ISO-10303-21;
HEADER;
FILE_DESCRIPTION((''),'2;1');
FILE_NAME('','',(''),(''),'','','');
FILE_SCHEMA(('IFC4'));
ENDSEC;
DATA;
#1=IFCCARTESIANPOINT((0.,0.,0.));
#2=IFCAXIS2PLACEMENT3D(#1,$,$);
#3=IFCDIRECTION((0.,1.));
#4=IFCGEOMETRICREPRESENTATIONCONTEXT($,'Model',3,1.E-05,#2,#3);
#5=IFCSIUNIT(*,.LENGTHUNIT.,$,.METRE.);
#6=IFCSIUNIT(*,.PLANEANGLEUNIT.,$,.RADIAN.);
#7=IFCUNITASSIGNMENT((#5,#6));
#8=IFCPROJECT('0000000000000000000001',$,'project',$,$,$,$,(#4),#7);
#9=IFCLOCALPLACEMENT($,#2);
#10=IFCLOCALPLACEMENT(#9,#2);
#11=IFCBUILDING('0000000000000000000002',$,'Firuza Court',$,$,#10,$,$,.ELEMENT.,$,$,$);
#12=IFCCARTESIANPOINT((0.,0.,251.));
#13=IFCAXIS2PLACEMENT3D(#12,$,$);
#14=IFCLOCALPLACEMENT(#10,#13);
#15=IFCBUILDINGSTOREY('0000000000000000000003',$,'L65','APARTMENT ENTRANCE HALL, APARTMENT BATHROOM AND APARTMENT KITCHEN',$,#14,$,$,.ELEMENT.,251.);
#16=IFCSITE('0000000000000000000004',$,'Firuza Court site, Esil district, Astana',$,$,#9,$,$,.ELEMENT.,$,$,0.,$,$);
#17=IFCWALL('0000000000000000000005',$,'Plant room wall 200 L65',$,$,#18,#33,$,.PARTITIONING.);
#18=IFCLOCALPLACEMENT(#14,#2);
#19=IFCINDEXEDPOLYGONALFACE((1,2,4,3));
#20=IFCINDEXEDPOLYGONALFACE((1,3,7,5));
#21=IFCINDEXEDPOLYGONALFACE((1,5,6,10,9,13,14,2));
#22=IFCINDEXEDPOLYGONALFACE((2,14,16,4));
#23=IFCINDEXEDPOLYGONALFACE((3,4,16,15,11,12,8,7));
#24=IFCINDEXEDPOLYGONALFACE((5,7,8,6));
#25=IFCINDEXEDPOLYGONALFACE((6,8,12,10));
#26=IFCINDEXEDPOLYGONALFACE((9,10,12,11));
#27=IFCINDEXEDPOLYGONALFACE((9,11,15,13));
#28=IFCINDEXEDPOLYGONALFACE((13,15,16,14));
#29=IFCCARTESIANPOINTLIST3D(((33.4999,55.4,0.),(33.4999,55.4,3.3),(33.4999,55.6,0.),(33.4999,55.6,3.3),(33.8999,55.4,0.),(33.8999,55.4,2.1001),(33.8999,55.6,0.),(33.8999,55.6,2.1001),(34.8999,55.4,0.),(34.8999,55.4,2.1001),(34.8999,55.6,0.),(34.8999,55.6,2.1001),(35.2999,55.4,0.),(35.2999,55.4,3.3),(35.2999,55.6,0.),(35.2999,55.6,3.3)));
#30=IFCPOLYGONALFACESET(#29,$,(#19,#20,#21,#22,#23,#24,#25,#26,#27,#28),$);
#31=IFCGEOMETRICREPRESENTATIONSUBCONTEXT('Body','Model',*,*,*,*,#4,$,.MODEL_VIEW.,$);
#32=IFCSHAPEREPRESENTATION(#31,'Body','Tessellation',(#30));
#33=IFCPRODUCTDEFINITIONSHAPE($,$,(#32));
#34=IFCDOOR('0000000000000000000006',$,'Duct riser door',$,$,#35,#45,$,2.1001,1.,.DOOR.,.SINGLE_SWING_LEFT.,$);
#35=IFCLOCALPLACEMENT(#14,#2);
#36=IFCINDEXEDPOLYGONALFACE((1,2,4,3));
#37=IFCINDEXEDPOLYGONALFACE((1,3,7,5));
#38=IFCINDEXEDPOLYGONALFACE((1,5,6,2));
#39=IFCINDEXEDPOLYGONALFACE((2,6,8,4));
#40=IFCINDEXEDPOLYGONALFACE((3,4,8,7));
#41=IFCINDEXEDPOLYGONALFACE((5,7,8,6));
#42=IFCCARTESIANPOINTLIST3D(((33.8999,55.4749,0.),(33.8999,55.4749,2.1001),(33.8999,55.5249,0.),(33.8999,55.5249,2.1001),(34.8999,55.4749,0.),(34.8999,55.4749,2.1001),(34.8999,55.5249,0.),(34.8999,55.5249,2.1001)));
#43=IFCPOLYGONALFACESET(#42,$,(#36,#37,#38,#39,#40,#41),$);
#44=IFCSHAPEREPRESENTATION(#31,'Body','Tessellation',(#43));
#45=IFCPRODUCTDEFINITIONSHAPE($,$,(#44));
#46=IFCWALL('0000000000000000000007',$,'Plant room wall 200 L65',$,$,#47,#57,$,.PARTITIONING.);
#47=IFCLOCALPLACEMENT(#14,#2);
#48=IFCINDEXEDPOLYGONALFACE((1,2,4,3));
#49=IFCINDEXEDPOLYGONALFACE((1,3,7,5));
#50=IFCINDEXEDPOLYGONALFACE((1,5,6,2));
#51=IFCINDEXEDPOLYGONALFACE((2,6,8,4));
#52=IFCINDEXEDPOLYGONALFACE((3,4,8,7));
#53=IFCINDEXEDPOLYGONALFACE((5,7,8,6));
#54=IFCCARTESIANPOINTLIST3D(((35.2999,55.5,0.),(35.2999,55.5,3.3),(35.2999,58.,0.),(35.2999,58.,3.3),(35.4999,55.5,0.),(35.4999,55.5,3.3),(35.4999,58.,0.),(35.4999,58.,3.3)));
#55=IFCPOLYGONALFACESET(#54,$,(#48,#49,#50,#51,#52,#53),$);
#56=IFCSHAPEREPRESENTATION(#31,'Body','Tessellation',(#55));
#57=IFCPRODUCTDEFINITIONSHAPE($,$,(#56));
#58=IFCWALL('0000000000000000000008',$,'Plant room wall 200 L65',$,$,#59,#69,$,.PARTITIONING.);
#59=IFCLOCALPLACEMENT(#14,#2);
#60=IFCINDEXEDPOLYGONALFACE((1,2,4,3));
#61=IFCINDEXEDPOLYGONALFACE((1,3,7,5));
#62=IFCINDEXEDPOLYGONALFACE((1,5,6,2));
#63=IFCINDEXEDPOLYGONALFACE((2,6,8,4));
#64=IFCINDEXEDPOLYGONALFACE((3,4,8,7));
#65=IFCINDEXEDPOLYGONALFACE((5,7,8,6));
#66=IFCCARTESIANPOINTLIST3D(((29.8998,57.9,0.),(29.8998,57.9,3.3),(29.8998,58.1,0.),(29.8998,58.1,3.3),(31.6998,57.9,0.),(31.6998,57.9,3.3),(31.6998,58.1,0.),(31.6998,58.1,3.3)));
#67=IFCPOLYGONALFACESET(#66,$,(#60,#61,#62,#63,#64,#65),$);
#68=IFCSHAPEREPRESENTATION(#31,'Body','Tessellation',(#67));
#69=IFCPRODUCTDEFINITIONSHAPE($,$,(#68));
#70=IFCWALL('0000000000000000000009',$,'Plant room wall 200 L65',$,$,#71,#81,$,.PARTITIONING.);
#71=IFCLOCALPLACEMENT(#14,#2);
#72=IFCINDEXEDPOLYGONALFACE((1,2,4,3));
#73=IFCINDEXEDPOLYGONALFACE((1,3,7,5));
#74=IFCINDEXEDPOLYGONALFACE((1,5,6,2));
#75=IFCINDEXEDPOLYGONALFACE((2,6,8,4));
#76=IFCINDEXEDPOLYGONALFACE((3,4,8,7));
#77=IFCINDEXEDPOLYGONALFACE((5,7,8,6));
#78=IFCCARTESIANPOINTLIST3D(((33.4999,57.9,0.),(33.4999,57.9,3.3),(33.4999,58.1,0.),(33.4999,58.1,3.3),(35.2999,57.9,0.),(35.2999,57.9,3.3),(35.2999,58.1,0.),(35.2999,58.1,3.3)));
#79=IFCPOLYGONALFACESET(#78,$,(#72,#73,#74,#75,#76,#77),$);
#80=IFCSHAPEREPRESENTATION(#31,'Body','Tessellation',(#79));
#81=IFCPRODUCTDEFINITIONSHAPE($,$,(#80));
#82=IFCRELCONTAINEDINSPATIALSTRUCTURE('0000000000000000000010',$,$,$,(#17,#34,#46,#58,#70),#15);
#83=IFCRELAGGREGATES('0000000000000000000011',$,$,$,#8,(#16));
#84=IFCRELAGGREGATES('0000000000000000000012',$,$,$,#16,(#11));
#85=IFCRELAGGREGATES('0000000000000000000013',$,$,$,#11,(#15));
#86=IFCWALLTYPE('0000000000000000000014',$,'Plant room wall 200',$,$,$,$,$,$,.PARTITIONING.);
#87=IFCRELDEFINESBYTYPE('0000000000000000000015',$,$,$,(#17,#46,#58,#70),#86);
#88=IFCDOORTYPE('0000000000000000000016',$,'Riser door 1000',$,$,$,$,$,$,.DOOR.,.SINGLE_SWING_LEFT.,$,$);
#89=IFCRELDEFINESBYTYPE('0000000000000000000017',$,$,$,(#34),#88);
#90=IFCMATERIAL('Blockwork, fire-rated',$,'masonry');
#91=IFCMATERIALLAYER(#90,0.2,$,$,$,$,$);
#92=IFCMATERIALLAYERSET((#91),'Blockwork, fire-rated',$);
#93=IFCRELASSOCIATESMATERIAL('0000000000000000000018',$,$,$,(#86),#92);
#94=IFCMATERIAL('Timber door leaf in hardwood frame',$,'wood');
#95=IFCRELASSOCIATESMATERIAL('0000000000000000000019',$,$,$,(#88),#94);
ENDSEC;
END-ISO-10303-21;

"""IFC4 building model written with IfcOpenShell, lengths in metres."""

from ifc_helpers import new_model, si_unit, direction, frame, frame_2d, origin, place, context, subcontext, project, spatial, rectangle, extrude, material, layer, layer_set, type_object, element, fill, save


model = new_model("IFC4")

# Units and contexts
model_context = context("Model", 3, precision=1e-05, world=origin(), true_north=direction((0.0, 1.0)))
body_context = subcontext(model_context, "Body", "Model", "MODEL_VIEW")
ifc_project = project(units=[si_unit("LENGTHUNIT", "METRE"), si_unit("PLANEANGLEUNIT", "RADIAN")], contexts=[model_context])

# Site, building, storey
site_placement = place(None, origin())
site = spatial("IfcSite", under=ifc_project, at=site_placement, Name="Firuza Court site, Esil district, Astana", CompositionType="ELEMENT", RefElevation=0.0)
building_placement = place(site_placement, origin())
building = spatial("IfcBuilding", under=site, at=building_placement, Name="Firuza Court", CompositionType="ELEMENT")
storey_placement = place(building_placement, frame((0.0, 0.0, 251.0)))
storey = spatial("IfcBuildingStorey", under=building, at=storey_placement, Name="L65", Description="APARTMENT ENTRANCE HALL, APARTMENT BATHROOM AND APARTMENT KITCHEN", CompositionType="ELEMENT", Elevation=251.0)

# Shared definitions
ifc_material_1 = material(Name="Blockwork, fire-rated", Category="masonry")
ifc_layer_1 = layer(ifc_material_1, 0.2)
ifc_layer_set_1 = layer_set([ifc_layer_1], Name="Blockwork, fire-rated")
wall_type_1 = type_object("IfcWallType", Name="Plant room wall 200", PredefinedType="PARTITIONING", material=ifc_layer_set_1)

# Shared definitions
ifc_material_2 = material(Name="Timber door leaf in hardwood frame", Category="wood")
door_type = type_object("IfcDoorType", Name="Riser door 1000", OperationType="SINGLE_SWING_LEFT", PredefinedType="DOOR", material=ifc_material_2)

# Wall, opening, door
wall_1_placement = place(storey_placement, frame((33.5, 55.5, 0.0), z_axis=(0.0, 0.0, 1.0), x_axis=(1.0, 0.0, 0.0)))
wall_1 = element("IfcWall", 1, at=wall_1_placement, inside=storey, type_object=wall_type_1, Name="Plant room wall 200 L65", PredefinedType="PARTITIONING", context=body_context, shape_type="SweptSolid", body=[
    extrude(rectangle(XDim=1.8, YDim=0.2, at=frame_2d((0.8999, 0.0))), origin(), (0.0, 0.0, 1.0), 3.3),
])
opening_1_placement = place(wall_1_placement, frame((0.3999, 0.0, 0.0)))
opening_1 = element("IfcOpeningElement", 2, at=opening_1_placement, cuts=wall_1, PredefinedType="OPENING", context=body_context, shape_type="SweptSolid", body=[
    extrude(rectangle(XDim=1.0, YDim=2.1001, at=frame_2d((0.5, 1.05))), frame((0.0, 0.1118, 0.0), z_axis=(0.0, -1.0, 0.0), x_axis=(1.0, 0.0, 0.0)), (0.0, 0.0, 1.0), 0.2239),
])
door_1_placement = place(opening_1_placement, origin())
door_1 = element("IfcDoor", 3, at=door_1_placement, inside=storey, type_object=door_type, Name="Duct riser door", OperationType="SINGLE_SWING_LEFT", OverallHeight=2.1001, OverallWidth=1.0, PredefinedType="DOOR", context=body_context, shape_type="SweptSolid", body=[
    extrude(rectangle(XDim=1.0, YDim=2.1001, at=frame_2d((0.5, 1.05))), frame((0.0, 0.0249, 0.0), z_axis=(0.0, -1.0, 0.0), x_axis=(1.0, 0.0, 0.0)), (0.0, 0.0, 1.0), 0.05),
])
fill(opening_1, door_1)

# Walls
wall_2_placement = place(storey_placement, frame((35.3999, 55.5, 0.0), z_axis=(0.0, 0.0, 1.0), x_axis=(0.0, 1.0, 0.0)))
element("IfcWall", 4, at=wall_2_placement, inside=storey, type_object=wall_type_1, Name="Plant room wall 200 L65", PredefinedType="PARTITIONING", context=body_context, shape_type="SweptSolid", body=[
    extrude(rectangle(XDim=2.5, YDim=0.2, at=frame_2d((1.25, 0.0))), origin(), (0.0, 0.0, 1.0), 3.3),
])
for number, where, z_axis, x_axis, name in (
    (5, (29.8999, 58.0, 0.0), (0.0, 0.0, 1.0), (1.0, 0.0, 0.0), "Plant room wall 200 L65"),
    (6, (33.5, 58.0, 0.0), (0.0, 0.0, 1.0), (1.0, 0.0, 0.0), "Plant room wall 200 L65"),
):
    element("IfcWall", number, at=place(storey_placement, frame(where, z_axis=z_axis, x_axis=x_axis)), inside=storey, type_object=wall_type_1, Name=name, PredefinedType="PARTITIONING", context=body_context, shape_type="SweptSolid", body=[
        extrude(rectangle(XDim=1.8, YDim=0.2, at=frame_2d((0.8999, 0.0))), origin(), (0.0, 0.0, 1.0), 3.3),
    ])

save(model, "model.ifc")
